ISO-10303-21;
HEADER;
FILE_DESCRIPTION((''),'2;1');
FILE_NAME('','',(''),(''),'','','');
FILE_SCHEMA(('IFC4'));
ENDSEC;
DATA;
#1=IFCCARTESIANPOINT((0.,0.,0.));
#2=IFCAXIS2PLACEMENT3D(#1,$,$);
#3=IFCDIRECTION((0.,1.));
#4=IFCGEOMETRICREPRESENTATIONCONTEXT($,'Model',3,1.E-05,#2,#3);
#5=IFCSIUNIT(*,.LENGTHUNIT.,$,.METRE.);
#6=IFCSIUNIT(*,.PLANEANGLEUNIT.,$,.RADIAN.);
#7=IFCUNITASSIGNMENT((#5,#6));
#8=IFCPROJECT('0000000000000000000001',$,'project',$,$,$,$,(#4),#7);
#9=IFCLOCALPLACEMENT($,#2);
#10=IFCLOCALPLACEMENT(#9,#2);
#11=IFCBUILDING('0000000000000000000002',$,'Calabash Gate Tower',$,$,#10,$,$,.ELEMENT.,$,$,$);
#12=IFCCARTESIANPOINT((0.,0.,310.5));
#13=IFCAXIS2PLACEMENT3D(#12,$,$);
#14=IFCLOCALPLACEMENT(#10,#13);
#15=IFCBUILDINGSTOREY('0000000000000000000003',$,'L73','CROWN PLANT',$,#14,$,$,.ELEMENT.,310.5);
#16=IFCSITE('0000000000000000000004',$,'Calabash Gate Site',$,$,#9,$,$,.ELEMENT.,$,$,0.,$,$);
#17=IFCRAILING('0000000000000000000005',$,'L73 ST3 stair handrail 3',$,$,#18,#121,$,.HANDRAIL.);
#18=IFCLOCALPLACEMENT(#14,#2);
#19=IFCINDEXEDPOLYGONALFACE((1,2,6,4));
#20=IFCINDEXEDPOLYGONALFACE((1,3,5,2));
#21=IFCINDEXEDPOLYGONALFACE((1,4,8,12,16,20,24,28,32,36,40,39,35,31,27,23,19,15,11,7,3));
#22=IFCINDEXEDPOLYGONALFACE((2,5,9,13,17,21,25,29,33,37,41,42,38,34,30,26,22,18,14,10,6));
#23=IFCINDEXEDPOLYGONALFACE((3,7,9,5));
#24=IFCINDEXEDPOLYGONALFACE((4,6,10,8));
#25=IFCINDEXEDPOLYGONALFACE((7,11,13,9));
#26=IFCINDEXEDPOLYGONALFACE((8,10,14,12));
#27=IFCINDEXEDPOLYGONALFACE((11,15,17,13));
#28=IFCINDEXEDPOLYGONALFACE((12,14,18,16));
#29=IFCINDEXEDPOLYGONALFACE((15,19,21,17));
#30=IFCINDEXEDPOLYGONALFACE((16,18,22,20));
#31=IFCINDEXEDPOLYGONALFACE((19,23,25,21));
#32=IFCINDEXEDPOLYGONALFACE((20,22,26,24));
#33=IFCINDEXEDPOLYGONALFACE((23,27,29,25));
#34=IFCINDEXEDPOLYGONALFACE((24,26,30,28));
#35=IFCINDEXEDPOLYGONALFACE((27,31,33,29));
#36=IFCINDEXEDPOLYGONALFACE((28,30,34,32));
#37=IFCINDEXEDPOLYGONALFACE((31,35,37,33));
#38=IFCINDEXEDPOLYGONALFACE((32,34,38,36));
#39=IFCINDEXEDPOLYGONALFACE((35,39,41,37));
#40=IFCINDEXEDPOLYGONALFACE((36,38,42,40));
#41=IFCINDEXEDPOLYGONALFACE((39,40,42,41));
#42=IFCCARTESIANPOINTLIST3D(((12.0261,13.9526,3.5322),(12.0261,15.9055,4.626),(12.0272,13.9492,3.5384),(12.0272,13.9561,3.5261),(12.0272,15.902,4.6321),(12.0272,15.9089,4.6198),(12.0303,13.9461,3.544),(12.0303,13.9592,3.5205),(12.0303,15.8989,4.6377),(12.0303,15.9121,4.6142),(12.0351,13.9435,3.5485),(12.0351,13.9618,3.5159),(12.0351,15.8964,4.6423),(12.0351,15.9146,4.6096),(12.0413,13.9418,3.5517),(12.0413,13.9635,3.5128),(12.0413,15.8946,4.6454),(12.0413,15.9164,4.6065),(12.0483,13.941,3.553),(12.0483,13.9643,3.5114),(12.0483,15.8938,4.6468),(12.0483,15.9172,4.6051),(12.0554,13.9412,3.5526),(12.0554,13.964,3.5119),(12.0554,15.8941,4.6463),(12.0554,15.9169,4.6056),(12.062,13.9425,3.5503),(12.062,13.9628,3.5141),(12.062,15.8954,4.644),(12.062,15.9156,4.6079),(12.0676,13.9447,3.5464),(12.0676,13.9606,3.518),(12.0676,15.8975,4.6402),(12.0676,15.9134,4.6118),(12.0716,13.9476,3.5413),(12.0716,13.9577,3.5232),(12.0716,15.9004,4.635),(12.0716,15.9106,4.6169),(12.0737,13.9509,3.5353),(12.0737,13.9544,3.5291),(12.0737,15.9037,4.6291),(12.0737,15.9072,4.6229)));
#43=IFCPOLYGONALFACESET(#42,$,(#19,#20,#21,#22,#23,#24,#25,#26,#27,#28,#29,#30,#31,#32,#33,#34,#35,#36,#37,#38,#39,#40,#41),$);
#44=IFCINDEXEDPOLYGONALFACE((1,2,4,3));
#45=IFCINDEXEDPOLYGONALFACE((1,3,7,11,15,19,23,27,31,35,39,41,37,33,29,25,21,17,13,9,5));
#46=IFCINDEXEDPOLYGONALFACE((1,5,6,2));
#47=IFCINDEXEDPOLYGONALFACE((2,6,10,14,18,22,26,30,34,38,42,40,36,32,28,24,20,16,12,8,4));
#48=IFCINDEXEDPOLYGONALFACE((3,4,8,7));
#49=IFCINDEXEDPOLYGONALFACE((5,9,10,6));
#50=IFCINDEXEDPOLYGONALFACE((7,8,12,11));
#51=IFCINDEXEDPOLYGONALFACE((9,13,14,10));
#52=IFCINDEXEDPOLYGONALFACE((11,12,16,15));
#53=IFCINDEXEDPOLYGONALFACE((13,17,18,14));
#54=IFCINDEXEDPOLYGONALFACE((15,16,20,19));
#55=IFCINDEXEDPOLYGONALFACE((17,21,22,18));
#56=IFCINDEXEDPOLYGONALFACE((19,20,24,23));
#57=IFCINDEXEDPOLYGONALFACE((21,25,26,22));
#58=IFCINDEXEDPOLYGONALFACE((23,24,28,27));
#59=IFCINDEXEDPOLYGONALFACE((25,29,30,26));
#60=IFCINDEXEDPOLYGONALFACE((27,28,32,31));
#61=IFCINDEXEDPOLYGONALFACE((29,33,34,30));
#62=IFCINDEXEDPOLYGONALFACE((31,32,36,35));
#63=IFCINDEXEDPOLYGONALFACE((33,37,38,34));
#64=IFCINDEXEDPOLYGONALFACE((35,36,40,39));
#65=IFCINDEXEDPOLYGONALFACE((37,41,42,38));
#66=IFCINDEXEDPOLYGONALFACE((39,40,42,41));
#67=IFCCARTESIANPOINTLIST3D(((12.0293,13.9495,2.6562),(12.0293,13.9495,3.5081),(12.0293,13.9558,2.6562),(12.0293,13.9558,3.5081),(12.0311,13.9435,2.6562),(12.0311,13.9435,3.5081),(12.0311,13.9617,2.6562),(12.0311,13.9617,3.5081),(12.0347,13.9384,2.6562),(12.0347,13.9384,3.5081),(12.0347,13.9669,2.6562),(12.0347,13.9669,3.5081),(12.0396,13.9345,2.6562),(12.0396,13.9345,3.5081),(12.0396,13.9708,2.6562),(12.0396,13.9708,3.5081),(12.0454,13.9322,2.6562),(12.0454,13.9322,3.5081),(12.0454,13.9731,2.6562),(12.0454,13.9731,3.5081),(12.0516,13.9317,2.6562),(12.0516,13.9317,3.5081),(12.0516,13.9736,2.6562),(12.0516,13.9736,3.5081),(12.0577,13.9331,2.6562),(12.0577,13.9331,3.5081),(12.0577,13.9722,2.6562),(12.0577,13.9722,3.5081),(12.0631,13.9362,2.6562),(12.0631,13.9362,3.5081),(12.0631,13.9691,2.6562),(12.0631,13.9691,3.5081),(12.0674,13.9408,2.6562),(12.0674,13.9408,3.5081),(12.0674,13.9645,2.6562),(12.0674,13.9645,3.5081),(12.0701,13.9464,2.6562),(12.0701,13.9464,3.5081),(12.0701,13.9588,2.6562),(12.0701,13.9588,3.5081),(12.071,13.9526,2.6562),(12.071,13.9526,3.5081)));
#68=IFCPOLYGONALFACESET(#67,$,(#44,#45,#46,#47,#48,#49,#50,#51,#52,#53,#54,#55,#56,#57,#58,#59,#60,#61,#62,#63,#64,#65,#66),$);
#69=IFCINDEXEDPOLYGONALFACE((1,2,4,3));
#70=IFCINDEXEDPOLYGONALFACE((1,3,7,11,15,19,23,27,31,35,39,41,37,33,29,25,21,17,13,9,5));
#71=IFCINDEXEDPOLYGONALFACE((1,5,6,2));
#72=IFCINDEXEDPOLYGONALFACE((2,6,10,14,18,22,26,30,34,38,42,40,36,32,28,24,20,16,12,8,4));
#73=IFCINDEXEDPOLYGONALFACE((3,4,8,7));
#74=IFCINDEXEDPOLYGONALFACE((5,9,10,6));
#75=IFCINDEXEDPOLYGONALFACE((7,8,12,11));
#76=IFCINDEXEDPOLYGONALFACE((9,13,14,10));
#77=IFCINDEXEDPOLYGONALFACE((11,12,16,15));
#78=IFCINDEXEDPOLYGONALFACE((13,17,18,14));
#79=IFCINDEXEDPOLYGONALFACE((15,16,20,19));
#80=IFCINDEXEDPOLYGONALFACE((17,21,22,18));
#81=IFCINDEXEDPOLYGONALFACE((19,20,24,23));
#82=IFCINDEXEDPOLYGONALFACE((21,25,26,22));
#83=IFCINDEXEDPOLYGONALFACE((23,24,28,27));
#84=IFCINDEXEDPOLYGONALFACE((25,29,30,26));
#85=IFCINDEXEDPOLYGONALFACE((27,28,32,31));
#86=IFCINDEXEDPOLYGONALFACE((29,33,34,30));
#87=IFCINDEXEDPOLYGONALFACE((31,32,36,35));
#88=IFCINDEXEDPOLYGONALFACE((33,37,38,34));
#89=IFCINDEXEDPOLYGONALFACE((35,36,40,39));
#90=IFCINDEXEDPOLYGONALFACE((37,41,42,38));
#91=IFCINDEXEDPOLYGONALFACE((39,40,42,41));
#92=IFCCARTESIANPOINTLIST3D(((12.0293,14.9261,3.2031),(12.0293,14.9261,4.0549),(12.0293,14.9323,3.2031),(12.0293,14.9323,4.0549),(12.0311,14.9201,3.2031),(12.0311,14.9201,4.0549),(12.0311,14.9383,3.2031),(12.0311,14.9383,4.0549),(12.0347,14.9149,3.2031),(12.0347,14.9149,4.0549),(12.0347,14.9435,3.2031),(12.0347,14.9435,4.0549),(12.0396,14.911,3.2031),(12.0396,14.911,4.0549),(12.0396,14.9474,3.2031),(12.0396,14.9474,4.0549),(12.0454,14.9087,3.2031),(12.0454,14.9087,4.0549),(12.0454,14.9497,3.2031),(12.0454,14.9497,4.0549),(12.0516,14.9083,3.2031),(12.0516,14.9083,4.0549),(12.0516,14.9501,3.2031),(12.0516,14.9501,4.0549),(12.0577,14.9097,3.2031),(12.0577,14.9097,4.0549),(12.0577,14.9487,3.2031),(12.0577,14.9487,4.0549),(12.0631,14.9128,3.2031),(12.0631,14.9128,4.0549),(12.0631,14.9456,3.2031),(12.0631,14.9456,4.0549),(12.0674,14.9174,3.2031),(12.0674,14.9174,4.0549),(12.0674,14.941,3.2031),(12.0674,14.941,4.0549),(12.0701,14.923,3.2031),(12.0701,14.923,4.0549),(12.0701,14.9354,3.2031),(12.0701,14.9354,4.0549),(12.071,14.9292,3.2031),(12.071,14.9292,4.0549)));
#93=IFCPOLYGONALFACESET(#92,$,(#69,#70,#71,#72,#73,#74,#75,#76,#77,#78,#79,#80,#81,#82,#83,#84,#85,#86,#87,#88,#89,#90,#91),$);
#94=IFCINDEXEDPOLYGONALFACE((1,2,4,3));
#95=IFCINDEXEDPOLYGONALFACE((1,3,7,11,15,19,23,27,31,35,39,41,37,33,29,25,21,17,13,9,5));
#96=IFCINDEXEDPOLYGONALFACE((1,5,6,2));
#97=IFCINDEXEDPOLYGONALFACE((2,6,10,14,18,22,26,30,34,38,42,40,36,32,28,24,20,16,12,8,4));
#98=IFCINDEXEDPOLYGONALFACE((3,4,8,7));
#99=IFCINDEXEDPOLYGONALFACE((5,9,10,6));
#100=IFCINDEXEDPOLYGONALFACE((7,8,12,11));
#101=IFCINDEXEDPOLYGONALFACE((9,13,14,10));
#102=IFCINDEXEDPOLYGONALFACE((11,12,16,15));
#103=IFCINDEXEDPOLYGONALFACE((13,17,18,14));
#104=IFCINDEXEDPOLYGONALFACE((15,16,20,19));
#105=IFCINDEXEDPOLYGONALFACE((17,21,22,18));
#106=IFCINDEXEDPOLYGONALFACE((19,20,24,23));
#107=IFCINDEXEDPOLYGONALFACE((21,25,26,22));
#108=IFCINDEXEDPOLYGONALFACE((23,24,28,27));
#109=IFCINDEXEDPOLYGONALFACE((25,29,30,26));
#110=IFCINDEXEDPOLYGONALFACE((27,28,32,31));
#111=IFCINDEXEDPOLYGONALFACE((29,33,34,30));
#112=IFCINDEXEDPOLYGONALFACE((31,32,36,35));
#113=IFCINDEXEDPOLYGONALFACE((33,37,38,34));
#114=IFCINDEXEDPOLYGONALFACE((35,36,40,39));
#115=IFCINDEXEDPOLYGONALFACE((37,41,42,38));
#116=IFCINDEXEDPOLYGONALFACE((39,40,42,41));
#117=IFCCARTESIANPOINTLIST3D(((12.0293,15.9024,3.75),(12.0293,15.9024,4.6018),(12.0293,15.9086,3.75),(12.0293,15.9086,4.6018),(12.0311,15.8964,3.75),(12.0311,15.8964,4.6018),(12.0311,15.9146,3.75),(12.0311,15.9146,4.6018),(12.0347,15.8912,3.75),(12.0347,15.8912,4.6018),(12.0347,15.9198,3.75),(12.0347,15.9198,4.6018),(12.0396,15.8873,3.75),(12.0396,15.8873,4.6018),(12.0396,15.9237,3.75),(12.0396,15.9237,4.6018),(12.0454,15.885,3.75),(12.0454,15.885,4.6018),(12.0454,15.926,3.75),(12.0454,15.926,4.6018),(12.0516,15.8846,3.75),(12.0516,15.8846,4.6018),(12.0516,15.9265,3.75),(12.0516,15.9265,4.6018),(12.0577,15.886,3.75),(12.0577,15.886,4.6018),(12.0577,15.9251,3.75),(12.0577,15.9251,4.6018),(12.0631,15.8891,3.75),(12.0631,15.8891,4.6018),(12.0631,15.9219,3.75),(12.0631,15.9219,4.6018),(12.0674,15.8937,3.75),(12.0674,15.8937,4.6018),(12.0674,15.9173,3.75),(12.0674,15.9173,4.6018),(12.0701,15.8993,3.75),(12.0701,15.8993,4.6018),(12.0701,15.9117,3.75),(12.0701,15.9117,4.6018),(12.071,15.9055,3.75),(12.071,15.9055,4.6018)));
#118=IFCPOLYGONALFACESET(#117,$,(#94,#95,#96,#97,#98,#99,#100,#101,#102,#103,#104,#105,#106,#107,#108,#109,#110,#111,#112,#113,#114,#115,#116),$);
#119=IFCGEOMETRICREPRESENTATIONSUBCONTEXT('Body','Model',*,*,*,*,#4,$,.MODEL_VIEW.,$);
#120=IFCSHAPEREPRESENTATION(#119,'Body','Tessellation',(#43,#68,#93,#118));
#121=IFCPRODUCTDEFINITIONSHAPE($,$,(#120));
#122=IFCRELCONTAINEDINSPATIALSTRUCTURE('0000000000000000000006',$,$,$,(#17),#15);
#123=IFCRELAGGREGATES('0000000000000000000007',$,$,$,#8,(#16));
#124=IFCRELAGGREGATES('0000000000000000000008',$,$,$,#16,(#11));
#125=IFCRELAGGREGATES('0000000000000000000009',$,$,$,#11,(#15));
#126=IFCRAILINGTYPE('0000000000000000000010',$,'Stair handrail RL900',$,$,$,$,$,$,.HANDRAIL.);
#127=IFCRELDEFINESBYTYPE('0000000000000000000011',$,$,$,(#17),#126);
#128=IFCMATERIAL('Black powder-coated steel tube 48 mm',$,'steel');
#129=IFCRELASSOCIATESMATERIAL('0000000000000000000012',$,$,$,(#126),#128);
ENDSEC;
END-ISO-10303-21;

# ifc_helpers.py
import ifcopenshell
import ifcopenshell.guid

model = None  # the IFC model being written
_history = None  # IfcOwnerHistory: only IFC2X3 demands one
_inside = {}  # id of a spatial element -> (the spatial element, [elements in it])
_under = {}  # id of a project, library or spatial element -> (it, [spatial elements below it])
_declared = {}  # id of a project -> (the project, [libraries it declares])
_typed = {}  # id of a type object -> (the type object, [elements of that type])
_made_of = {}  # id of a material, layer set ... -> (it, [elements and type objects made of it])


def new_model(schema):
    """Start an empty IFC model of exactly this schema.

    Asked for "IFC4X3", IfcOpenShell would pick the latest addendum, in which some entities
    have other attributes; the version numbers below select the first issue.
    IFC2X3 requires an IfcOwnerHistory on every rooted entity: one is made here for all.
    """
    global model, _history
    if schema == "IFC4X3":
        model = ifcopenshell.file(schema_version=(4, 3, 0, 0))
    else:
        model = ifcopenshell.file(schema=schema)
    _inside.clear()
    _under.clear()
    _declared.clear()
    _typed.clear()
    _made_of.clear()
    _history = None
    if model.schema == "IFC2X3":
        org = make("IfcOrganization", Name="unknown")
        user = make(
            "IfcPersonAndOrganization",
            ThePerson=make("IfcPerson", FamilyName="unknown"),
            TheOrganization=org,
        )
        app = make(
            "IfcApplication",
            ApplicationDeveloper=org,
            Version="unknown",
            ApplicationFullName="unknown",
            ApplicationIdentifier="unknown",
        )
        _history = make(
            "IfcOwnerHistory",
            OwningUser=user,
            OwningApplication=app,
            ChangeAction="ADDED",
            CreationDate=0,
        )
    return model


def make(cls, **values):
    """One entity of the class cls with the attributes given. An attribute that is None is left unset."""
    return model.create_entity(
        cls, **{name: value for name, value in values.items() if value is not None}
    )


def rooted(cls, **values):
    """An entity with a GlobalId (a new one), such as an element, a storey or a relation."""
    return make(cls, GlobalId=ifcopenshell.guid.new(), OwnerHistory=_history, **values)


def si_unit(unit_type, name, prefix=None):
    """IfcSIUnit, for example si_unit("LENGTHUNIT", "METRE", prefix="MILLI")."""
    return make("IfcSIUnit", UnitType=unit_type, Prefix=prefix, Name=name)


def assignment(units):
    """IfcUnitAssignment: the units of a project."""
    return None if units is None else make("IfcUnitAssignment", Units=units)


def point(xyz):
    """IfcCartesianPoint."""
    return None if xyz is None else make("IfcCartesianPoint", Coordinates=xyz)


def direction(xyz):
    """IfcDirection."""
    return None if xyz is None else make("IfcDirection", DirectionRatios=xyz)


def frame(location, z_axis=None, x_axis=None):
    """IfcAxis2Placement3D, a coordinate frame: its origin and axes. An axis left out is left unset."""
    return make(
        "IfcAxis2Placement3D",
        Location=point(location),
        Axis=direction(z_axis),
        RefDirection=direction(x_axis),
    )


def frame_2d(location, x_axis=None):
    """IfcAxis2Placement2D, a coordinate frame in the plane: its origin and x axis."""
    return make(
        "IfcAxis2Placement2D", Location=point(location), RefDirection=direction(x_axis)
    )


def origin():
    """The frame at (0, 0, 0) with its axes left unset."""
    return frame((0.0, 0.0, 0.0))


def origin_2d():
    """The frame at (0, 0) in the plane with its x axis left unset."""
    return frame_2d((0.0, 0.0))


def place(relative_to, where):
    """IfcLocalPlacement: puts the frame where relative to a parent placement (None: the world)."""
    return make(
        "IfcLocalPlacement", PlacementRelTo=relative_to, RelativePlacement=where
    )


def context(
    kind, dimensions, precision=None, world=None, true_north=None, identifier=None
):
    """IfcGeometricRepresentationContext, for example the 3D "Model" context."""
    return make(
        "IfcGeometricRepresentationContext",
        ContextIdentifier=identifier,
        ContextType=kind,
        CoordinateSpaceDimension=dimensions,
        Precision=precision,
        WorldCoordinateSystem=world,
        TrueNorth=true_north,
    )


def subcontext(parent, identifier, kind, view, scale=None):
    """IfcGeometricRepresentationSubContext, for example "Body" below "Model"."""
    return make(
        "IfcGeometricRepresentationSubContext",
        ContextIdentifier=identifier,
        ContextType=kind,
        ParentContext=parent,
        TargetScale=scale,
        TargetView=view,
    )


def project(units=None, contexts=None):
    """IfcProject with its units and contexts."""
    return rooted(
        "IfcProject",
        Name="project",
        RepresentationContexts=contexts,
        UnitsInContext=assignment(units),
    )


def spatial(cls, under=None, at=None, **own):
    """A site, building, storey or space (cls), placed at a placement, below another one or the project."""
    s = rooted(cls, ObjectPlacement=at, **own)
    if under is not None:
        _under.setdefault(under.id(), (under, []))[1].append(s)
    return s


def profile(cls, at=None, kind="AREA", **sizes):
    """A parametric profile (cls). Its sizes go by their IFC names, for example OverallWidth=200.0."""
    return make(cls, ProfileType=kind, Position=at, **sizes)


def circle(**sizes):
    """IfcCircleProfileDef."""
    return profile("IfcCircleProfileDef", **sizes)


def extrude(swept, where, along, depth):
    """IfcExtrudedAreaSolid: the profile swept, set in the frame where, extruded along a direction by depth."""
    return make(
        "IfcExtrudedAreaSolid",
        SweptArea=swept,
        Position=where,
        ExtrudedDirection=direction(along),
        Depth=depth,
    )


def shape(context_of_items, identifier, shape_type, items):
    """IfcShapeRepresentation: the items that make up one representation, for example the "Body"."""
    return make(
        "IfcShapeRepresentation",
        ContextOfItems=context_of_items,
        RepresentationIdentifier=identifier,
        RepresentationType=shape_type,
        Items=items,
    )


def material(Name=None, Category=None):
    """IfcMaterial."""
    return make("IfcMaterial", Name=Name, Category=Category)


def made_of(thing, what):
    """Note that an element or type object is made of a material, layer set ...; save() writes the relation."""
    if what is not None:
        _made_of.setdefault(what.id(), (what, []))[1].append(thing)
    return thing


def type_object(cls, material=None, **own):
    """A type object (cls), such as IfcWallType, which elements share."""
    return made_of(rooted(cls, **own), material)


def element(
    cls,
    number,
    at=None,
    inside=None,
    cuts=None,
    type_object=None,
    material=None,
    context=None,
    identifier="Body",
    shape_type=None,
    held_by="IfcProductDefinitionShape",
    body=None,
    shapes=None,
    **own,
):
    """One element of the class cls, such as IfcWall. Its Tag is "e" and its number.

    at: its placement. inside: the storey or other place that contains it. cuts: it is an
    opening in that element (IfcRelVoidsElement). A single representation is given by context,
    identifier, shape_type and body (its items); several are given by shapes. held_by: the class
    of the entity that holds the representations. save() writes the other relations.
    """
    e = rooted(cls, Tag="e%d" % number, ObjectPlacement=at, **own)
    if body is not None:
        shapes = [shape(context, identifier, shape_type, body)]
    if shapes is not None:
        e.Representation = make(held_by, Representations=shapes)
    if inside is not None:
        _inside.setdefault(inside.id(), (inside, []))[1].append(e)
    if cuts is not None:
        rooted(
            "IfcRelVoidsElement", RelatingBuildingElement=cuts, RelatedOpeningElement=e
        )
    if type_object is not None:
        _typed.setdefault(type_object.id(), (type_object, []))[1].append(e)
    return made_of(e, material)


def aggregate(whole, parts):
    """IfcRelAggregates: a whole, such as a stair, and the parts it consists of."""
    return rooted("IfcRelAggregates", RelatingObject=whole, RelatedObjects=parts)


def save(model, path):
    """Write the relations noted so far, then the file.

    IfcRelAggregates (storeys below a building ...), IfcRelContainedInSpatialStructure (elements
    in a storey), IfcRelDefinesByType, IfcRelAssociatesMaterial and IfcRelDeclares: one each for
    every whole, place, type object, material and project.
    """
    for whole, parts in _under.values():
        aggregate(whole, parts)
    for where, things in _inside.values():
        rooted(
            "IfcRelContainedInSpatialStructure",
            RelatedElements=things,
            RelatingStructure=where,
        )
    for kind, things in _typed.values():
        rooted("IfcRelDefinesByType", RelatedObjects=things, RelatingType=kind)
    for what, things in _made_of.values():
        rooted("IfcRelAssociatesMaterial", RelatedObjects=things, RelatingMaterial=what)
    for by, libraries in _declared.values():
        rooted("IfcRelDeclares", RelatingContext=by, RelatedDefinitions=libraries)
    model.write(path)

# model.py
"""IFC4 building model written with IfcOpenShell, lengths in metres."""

from ifc_helpers import new_model, si_unit, direction, frame, origin, origin_2d, place, context, subcontext, project, spatial, circle, extrude, material, type_object, element, save


model = new_model("IFC4")

# Units and contexts
model_context = context("Model", 3, precision=1e-05, world=origin(), true_north=direction((0.0, 1.0)))
body_context = subcontext(model_context, "Body", "Model", "MODEL_VIEW")
ifc_project = project(units=[si_unit("LENGTHUNIT", "METRE"), si_unit("PLANEANGLEUNIT", "RADIAN")], contexts=[model_context])

# Site, building, storey
site_placement = place(None, origin())
site = spatial("IfcSite", under=ifc_project, at=site_placement, Name="Calabash Gate Site", CompositionType="ELEMENT", RefElevation=0.0)
building_placement = place(site_placement, origin())
building = spatial("IfcBuilding", under=site, at=building_placement, Name="Calabash Gate Tower", CompositionType="ELEMENT")
storey_placement = place(building_placement, frame((0.0, 0.0, 310.5)))
storey = spatial("IfcBuildingStorey", under=building, at=storey_placement, Name="L73", Description="CROWN PLANT", CompositionType="ELEMENT", Elevation=310.5)

# Railing
ifc_material_1 = material(Name="Black powder-coated steel tube 48 mm", Category="steel")
railing_type = type_object("IfcRailingType", Name="Stair handrail RL900", PredefinedType="HANDRAIL", material=ifc_material_1)
railing_1_placement = place(storey_placement, frame((12.05, 13.9526, 2.6562)))
element("IfcRailing", 1, at=railing_1_placement, inside=storey, type_object=railing_type, Name="L73 ST3 stair handrail 3", PredefinedType="HANDRAIL", context=body_context, shape_type="SweptSolid", body=[
    extrude(circle(Radius=0.0239, at=origin_2d()), frame((0.0, 0.0, 0.876), z_axis=(0.0, 0.87248, 0.48865), x_axis=(-1.0, 0.0, 0.0)), (0.0, 0.0, 1.0), 2.2383),
    extrude(circle(Radius=0.021, at=origin_2d()), origin(), (0.0, 0.0, 1.0), 0.8518),
    extrude(circle(Radius=0.021, at=origin_2d()), frame((0.0, 0.9766, 0.5469)), (0.0, 0.0, 1.0), 0.8518),
    extrude(circle(Radius=0.021, at=origin_2d()), frame((0.0, 1.9529, 1.0938)), (0.0, 0.0, 1.0), 0.8518),
])

save(model, "model.ifc")
